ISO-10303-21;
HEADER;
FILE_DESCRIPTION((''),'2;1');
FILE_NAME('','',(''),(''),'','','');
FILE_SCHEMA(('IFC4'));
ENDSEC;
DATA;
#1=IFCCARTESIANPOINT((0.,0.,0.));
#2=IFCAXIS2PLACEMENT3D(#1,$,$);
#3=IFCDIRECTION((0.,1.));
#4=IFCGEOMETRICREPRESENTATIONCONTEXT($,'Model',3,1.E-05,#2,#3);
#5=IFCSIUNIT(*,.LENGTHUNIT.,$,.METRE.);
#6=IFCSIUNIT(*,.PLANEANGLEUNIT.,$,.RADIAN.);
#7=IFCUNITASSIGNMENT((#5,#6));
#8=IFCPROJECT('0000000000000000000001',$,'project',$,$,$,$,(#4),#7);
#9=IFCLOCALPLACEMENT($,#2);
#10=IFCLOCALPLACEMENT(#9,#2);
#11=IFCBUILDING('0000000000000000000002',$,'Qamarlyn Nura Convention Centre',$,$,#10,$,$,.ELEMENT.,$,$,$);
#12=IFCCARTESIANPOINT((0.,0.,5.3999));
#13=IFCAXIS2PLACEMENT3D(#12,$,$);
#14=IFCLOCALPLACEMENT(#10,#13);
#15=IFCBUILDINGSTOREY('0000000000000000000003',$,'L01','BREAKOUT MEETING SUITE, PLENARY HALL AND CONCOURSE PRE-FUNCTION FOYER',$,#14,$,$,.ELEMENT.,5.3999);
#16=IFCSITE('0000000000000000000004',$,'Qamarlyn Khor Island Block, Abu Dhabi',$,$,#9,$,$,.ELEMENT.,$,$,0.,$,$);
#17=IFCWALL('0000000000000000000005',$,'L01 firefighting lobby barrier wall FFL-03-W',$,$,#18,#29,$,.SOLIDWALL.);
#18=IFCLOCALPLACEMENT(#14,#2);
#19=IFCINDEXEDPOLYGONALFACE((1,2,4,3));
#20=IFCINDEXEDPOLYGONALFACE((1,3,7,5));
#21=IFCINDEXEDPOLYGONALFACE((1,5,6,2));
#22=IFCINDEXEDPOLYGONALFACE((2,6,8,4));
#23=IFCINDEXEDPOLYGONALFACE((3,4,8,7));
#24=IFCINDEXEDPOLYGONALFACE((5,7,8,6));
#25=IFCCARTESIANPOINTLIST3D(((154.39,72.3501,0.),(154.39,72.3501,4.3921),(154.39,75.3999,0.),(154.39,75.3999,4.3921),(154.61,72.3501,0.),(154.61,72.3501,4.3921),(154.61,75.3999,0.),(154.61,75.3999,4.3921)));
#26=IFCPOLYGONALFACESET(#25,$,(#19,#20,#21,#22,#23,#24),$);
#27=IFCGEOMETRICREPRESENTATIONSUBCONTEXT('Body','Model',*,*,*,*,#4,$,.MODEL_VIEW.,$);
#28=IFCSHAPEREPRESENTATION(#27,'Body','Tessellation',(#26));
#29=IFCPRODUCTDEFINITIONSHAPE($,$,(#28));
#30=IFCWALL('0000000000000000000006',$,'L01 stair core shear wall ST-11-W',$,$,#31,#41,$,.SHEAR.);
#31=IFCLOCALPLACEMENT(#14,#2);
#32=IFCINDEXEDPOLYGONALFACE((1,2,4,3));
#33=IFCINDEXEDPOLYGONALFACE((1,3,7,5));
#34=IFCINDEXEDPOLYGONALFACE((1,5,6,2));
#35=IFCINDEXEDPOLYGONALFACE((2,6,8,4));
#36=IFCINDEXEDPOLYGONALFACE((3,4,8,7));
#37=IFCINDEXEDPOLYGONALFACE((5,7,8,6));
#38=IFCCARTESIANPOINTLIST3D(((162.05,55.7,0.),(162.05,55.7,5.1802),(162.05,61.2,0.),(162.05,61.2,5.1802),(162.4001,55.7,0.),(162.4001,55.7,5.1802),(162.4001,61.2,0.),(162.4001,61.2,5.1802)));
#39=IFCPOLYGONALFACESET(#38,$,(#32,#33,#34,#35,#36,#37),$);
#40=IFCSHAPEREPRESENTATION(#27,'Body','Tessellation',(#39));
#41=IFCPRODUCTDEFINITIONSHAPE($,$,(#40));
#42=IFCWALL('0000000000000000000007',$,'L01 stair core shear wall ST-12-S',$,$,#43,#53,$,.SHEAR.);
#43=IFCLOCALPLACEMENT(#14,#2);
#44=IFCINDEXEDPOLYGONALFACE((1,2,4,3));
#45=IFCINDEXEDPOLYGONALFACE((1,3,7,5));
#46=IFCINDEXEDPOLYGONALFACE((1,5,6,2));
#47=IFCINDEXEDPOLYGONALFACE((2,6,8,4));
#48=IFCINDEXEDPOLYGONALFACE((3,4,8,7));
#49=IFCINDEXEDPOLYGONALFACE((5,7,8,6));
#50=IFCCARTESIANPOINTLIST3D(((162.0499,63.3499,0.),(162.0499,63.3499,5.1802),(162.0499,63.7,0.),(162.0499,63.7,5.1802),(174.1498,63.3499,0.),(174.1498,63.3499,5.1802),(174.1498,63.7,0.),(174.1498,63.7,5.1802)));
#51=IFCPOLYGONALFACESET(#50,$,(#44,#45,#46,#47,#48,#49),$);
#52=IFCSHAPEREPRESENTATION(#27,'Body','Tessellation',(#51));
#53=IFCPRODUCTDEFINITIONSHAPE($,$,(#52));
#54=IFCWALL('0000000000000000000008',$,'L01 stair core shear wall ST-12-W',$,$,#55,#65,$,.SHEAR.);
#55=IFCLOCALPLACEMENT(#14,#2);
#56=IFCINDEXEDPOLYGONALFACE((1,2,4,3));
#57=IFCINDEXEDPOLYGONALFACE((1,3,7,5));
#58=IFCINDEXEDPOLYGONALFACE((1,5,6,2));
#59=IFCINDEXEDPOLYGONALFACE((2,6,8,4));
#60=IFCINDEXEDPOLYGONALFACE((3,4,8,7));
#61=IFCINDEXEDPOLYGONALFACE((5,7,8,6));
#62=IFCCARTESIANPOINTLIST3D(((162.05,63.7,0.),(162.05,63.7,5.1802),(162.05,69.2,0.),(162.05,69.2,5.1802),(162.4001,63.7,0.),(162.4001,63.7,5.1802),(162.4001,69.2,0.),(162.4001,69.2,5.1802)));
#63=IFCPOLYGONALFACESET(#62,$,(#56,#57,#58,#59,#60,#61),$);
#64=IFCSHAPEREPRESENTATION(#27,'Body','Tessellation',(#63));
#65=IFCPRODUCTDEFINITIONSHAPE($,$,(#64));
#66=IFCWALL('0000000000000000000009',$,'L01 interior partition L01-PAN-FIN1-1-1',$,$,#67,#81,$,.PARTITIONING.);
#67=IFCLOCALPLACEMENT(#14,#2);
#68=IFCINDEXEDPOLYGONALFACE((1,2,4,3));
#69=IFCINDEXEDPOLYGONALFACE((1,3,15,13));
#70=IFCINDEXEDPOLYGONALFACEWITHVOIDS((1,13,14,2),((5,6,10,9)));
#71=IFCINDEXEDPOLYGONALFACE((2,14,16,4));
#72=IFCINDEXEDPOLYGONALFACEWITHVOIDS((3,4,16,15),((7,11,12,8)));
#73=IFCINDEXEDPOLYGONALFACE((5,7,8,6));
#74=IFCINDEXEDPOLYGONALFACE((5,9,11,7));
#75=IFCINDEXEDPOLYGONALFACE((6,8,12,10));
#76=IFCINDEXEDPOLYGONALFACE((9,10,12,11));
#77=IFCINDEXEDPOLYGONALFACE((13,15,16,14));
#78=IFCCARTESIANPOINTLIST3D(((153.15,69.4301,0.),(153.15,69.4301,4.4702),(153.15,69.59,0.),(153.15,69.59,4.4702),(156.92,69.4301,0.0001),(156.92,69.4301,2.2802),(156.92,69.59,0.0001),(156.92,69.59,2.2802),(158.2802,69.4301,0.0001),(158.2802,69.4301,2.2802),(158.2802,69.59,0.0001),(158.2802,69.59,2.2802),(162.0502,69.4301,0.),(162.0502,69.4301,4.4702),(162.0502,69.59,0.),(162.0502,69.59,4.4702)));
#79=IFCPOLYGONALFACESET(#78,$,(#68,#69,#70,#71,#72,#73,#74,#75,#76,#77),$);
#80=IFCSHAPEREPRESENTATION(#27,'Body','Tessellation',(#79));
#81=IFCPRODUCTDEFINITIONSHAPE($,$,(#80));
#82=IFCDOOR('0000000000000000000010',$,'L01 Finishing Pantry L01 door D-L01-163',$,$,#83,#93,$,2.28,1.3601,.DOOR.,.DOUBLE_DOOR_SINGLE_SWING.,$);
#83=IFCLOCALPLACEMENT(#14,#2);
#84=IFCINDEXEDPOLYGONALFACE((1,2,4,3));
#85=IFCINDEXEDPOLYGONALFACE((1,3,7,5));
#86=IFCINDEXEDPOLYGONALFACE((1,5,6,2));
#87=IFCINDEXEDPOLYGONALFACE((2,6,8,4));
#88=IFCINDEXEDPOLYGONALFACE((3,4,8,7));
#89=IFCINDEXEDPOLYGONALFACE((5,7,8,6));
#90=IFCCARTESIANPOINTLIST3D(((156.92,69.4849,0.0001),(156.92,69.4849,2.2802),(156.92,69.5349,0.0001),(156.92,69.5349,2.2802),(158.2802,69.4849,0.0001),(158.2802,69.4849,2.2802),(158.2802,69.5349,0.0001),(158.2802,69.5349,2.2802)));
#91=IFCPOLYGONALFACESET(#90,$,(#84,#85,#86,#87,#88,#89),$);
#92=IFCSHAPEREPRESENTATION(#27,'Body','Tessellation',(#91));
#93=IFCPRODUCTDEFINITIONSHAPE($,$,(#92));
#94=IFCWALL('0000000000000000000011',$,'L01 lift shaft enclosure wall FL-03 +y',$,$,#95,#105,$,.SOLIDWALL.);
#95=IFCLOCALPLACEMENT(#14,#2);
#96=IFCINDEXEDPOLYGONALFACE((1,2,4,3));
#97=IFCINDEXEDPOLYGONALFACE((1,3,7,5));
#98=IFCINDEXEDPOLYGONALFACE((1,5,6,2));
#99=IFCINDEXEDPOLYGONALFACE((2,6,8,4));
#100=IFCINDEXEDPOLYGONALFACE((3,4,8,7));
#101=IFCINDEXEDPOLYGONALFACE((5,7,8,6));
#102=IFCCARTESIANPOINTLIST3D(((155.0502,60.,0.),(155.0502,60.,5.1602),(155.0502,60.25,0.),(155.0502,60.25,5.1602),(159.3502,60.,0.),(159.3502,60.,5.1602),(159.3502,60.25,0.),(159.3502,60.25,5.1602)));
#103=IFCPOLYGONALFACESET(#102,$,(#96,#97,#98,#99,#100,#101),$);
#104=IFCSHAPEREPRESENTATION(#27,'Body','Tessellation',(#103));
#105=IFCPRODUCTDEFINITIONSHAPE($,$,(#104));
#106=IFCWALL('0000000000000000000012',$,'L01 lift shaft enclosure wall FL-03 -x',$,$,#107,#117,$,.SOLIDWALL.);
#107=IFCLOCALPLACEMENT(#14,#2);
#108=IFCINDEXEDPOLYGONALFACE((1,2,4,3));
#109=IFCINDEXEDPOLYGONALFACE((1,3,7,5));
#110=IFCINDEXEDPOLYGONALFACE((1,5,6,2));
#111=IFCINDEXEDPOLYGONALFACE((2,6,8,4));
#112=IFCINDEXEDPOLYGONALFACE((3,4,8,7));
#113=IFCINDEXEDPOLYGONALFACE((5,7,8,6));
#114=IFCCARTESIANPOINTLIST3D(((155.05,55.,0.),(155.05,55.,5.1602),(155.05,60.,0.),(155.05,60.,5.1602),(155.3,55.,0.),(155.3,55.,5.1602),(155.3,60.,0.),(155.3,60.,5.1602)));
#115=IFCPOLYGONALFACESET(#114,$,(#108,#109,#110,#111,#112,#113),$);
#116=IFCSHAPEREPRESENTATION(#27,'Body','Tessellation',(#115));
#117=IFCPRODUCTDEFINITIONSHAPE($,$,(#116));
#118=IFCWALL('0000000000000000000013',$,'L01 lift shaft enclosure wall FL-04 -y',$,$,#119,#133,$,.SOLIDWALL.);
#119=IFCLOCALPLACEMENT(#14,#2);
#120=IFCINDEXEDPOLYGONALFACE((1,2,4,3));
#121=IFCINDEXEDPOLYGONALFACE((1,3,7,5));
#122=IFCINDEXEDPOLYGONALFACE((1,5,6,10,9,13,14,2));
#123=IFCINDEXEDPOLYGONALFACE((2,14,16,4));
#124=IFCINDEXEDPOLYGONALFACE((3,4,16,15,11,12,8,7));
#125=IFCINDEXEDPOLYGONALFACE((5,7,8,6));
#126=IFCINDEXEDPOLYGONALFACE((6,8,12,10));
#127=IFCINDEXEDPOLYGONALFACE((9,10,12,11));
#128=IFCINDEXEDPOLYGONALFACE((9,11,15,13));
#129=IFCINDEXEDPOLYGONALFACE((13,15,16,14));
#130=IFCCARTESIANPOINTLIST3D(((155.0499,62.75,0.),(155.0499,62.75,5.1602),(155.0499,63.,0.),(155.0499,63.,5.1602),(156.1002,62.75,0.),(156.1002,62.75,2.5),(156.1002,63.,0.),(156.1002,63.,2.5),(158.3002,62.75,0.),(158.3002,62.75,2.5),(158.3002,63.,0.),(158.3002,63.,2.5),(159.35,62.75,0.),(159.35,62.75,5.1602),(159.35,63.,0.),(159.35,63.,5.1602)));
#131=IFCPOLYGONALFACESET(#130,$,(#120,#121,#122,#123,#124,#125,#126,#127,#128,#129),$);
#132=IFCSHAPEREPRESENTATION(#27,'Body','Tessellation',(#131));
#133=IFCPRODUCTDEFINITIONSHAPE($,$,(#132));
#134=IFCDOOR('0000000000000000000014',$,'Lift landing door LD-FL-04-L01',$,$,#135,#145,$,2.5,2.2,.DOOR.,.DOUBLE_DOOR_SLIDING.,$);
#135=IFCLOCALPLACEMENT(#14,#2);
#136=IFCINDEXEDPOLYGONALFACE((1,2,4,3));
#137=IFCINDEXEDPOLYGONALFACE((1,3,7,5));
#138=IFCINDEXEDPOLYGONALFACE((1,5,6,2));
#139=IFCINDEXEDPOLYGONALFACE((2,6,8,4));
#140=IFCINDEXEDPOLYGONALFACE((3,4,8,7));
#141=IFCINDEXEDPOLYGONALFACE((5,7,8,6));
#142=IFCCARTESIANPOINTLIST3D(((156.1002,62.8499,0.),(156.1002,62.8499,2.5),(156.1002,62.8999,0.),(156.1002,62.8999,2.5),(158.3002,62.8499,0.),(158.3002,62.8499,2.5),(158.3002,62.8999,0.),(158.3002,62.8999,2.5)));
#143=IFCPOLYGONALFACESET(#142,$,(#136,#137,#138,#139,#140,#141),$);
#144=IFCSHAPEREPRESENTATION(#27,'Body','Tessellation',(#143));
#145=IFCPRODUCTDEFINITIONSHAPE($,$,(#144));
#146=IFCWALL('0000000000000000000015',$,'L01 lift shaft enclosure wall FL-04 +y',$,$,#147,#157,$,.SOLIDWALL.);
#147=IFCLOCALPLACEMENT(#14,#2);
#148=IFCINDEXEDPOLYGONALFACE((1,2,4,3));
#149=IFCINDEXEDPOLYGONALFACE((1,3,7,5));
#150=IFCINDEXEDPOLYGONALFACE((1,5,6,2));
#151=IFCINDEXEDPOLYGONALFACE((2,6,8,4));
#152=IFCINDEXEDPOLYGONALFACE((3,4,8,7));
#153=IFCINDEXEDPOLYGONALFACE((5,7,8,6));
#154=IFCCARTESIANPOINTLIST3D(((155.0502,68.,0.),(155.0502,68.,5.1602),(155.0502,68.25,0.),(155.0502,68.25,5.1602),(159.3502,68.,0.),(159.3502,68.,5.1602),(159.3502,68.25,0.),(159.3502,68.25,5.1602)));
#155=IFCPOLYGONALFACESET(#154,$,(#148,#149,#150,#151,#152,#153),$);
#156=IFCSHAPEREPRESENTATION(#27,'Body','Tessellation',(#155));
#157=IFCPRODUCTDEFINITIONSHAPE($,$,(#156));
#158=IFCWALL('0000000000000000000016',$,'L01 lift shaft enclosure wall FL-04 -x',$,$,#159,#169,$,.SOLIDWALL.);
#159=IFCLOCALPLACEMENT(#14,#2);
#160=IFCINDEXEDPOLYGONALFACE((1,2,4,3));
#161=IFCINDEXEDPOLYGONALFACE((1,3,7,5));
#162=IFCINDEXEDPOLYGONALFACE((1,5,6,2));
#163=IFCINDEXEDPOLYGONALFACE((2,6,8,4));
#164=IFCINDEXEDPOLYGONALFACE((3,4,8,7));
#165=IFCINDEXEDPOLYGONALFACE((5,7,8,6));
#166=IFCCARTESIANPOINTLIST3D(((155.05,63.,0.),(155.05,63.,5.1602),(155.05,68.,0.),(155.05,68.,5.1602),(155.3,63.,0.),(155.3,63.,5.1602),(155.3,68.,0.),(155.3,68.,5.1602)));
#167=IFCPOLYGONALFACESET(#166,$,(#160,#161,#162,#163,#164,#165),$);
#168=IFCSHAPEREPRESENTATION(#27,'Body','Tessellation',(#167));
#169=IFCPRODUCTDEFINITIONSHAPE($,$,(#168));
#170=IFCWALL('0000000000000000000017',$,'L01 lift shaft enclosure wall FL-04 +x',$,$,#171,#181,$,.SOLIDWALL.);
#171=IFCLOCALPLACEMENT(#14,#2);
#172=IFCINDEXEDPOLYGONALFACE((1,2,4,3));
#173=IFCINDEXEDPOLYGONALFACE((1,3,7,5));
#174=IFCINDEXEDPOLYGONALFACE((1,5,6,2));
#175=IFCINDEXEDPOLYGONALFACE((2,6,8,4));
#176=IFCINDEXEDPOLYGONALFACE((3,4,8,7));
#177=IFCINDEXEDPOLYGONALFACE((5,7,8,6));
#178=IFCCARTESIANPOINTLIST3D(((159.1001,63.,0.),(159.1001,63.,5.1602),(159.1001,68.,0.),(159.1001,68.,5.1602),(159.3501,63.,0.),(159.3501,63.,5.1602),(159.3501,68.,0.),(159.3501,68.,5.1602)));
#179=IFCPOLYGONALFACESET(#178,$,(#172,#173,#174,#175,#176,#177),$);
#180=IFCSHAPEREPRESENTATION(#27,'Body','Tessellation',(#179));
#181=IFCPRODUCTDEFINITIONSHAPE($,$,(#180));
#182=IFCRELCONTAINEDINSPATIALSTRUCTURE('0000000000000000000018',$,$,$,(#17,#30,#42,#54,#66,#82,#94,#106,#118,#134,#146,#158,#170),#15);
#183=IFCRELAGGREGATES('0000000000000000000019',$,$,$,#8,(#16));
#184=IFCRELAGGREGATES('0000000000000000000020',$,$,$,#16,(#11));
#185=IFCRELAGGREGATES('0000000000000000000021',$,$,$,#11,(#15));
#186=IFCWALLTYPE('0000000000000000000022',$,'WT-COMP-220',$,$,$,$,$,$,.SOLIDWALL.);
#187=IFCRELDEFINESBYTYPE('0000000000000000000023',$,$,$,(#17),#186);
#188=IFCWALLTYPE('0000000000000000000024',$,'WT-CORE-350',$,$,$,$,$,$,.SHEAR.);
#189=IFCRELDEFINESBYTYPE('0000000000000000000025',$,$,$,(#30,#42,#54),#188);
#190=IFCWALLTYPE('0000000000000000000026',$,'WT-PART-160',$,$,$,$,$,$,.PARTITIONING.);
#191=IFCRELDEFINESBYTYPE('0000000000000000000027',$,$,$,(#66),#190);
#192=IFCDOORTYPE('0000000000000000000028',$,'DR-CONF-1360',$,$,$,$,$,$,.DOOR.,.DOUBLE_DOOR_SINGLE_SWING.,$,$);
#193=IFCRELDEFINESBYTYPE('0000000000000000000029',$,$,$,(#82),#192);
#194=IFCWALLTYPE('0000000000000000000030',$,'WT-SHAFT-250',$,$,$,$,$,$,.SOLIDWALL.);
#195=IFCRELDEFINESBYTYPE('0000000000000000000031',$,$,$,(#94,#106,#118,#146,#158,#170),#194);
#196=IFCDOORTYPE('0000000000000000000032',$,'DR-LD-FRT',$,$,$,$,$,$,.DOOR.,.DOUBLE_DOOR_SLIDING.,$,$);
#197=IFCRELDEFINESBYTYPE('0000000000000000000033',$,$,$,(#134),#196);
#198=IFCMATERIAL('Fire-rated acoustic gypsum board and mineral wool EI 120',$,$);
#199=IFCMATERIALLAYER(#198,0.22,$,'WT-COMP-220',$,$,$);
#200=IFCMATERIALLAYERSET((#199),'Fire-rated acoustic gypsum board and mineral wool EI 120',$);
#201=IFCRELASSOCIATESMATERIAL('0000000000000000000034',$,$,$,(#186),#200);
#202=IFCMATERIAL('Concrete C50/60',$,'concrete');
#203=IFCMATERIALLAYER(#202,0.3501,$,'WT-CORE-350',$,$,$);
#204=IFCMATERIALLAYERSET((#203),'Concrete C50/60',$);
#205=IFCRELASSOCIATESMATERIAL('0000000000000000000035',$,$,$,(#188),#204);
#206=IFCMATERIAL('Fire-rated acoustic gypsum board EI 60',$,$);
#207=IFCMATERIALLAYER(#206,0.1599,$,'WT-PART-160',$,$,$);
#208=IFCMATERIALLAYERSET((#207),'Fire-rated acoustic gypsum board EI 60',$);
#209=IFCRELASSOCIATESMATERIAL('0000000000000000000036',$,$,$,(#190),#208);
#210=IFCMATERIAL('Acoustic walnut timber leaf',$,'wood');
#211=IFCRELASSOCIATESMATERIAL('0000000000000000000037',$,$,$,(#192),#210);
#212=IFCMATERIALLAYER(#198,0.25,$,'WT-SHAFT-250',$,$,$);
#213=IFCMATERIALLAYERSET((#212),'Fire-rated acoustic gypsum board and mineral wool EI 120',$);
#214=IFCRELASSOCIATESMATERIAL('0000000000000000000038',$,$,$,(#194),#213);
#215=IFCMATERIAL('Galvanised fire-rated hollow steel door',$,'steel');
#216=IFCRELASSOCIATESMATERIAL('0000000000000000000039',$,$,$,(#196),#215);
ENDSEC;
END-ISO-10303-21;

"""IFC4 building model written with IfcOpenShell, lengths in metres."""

from ifc_helpers import new_model, si_unit, direction, frame, frame_2d, origin, place, context, subcontext, project, spatial, rectangle, extrude, material, layer, layer_set, type_object, element, fill, save


model = new_model("IFC4")

# Units and contexts
model_context = context("Model", 3, precision=1e-05, world=origin(), true_north=direction((0.0, 1.0)))
body_context = subcontext(model_context, "Body", "Model", "MODEL_VIEW")
ifc_project = project(units=[si_unit("LENGTHUNIT", "METRE"), si_unit("PLANEANGLEUNIT", "RADIAN")], contexts=[model_context])

# Site, building, storey
site_placement = place(None, origin())
site = spatial("IfcSite", under=ifc_project, at=site_placement, Name="Qamarlyn Khor Island Block, Abu Dhabi", CompositionType="ELEMENT", RefElevation=0.0)
building_placement = place(site_placement, origin())
building = spatial("IfcBuilding", under=site, at=building_placement, Name="Qamarlyn Nura Convention Centre", CompositionType="ELEMENT")
storey_placement = place(building_placement, frame((0.0, 0.0, 5.3999)))
storey = spatial("IfcBuildingStorey", under=building, at=storey_placement, Name="L01", Description="BREAKOUT MEETING SUITE, PLENARY HALL AND CONCOURSE PRE-FUNCTION FOYER", CompositionType="ELEMENT", Elevation=5.3999)

# Shared definitions
ifc_material_1 = material(Name="Fire-rated acoustic gypsum board and mineral wool EI 120")
ifc_layer_1 = layer(ifc_material_1, 0.22, Name="WT-COMP-220")
ifc_layer_set_1 = layer_set([ifc_layer_1], Name="Fire-rated acoustic gypsum board and mineral wool EI 120")
wall_type_1 = type_object("IfcWallType", Name="WT-COMP-220", PredefinedType="SOLIDWALL", material=ifc_layer_set_1)
ifc_material_2 = material(Name="Galvanised fire-rated hollow steel door", Category="steel")

# Walls
wall_1_placement = place(storey_placement, frame((154.5, 72.3501, 0.0), z_axis=(0.0, 0.0, 1.0), x_axis=(0.0, 1.0, 0.0)))
element("IfcWall", 1, at=wall_1_placement, inside=storey, type_object=wall_type_1, Name="L01 firefighting lobby barrier wall FFL-03-W", PredefinedType="SOLIDWALL", context=body_context, shape_type="SweptSolid", body=[
    extrude(rectangle(XDim=3.0498, YDim=0.22, at=frame_2d((1.5249, 0.0))), origin(), (0.0, 0.0, 1.0), 4.3921),
])
ifc_material_3 = material(Name="Concrete C50/60", Category="concrete")
ifc_layer_2 = layer(ifc_material_3, 0.3501, Name="WT-CORE-350")
ifc_layer_set_2 = layer_set([ifc_layer_2], Name="Concrete C50/60")
wall_type_2 = type_object("IfcWallType", Name="WT-CORE-350", PredefinedType="SHEAR", material=ifc_layer_set_2)
wall_2_placement = place(storey_placement, frame((162.2251, 61.2, 0.0), z_axis=(0.0, 0.0, 1.0), x_axis=(0.0, -1.0, 0.0)))
element("IfcWall", 2, at=wall_2_placement, inside=storey, type_object=wall_type_2, Name="L01 stair core shear wall ST-11-W", PredefinedType="SHEAR", context=body_context, shape_type="SweptSolid", body=[
    extrude(rectangle(XDim=5.5, YDim=0.3501, at=frame_2d((2.75, 0.0))), origin(), (0.0, 0.0, 1.0), 5.1802),
])
wall_3_placement = place(storey_placement, frame((162.05, 63.5249, 0.0), z_axis=(0.0, 0.0, 1.0), x_axis=(1.0, 0.0, 0.0)))
element("IfcWall", 3, at=wall_3_placement, inside=storey, type_object=wall_type_2, Name="L01 stair core shear wall ST-12-S", PredefinedType="SHEAR", context=body_context, shape_type="SweptSolid", body=[
    extrude(rectangle(XDim=12.0999, YDim=0.3501, at=frame_2d((6.0498, 0.0))), origin(), (0.0, 0.0, 1.0), 5.1802),
])
wall_4_placement = place(storey_placement, frame((162.2251, 69.2, 0.0), z_axis=(0.0, 0.0, 1.0), x_axis=(0.0, -1.0, 0.0)))
element("IfcWall", 4, at=wall_4_placement, inside=storey, type_object=wall_type_2, Name="L01 stair core shear wall ST-12-W", PredefinedType="SHEAR", context=body_context, shape_type="SweptSolid", body=[
    extrude(rectangle(XDim=5.5, YDim=0.3501, at=frame_2d((2.75, 0.0))), origin(), (0.0, 0.0, 1.0), 5.1802),
])

# Wall, opening, door
ifc_material_4 = material(Name="Fire-rated acoustic gypsum board EI 60")
ifc_layer_3 = layer(ifc_material_4, 0.1599, Name="WT-PART-160")
ifc_layer_set_3 = layer_set([ifc_layer_3], Name="Fire-rated acoustic gypsum board EI 60")
wall_type_3 = type_object("IfcWallType", Name="WT-PART-160", PredefinedType="PARTITIONING", material=ifc_layer_set_3)
wall_5_placement = place(storey_placement, frame((153.1499, 69.51, 0.0), z_axis=(0.0, 0.0, 1.0), x_axis=(1.0, 0.0, 0.0)))
wall_5 = element("IfcWall", 5, at=wall_5_placement, inside=storey, type_object=wall_type_3, Name="L01 interior partition L01-PAN-FIN1-1-1", PredefinedType="PARTITIONING", context=body_context, shape_type="SweptSolid", body=[
    extrude(rectangle(XDim=8.9001, YDim=0.1599, at=frame_2d((4.4502, 0.0))), origin(), (0.0, 0.0, 1.0), 4.4702),
])
opening_1_placement = place(wall_5_placement, frame((3.77, 0.0, 0.0)))
opening_1 = element("IfcOpeningElement", 6, at=opening_1_placement, cuts=wall_5, PredefinedType="OPENING", context=body_context, shape_type="SweptSolid", body=[
    extrude(rectangle(XDim=1.3601, YDim=2.28, at=frame_2d((0.6802, 1.1401))), frame((0.0, 0.0898, 0.0), z_axis=(0.0, -1.0, 0.0), x_axis=(1.0, 0.0, 0.0)), (0.0, 0.0, 1.0), 0.1799),
])
ifc_material_5 = material(Name="Acoustic walnut timber leaf", Category="wood")
door_type_1 = type_object("IfcDoorType", Name="DR-CONF-1360", OperationType="DOUBLE_DOOR_SINGLE_SWING", PredefinedType="DOOR", material=ifc_material_5)
door_1_placement = place(opening_1_placement, origin())
door_1 = element("IfcDoor", 7, at=door_1_placement, inside=storey, type_object=door_type_1, Name="L01 Finishing Pantry L01 door D-L01-163", OperationType="DOUBLE_DOOR_SINGLE_SWING", OverallHeight=2.28, OverallWidth=1.3601, PredefinedType="DOOR", context=body_context, shape_type="SweptSolid", body=[
    extrude(rectangle(XDim=1.3601, YDim=2.28, at=frame_2d((0.6802, 1.1401))), frame((0.0, 0.0249, 0.0), z_axis=(0.0, -1.0, 0.0), x_axis=(1.0, 0.0, 0.0)), (0.0, 0.0, 1.0), 0.05),
])
fill(opening_1, door_1)

# Walls
ifc_layer_4 = layer(ifc_material_1, 0.25, Name="WT-SHAFT-250")
ifc_layer_set_4 = layer_set([ifc_layer_4], Name="Fire-rated acoustic gypsum board and mineral wool EI 120")
wall_type_4 = type_object("IfcWallType", Name="WT-SHAFT-250", PredefinedType="SOLIDWALL", material=ifc_layer_set_4)
wall_6_placement = place(storey_placement, frame((159.3501, 60.125, 0.0), z_axis=(0.0, 0.0, 1.0), x_axis=(-1.0, 0.0, 0.0)))
element("IfcWall", 8, at=wall_6_placement, inside=storey, type_object=wall_type_4, Name="L01 lift shaft enclosure wall FL-03 +y", PredefinedType="SOLIDWALL", context=body_context, shape_type="SweptSolid", body=[
    extrude(rectangle(XDim=4.3, YDim=0.25, at=frame_2d((2.1499, 0.0))), origin(), (0.0, 0.0, 1.0), 5.1602),
])
wall_7_placement = place(storey_placement, frame((155.175, 60.0, 0.0), z_axis=(0.0, 0.0, 1.0), x_axis=(0.0, -1.0, 0.0)))
element("IfcWall", 9, at=wall_7_placement, inside=storey, type_object=wall_type_4, Name="L01 lift shaft enclosure wall FL-03 -x", PredefinedType="SOLIDWALL", context=body_context, shape_type="SweptSolid", body=[
    extrude(rectangle(XDim=5.0, YDim=0.25, at=frame_2d((2.5, 0.0))), origin(), (0.0, 0.0, 1.0), 5.1602),
])

# Wall, opening, door
wall_8_placement = place(storey_placement, frame((155.05, 62.875, 0.0), z_axis=(0.0, 0.0, 1.0), x_axis=(1.0, 0.0, 0.0)))
wall_8 = element("IfcWall", 10, at=wall_8_placement, inside=storey, type_object=wall_type_4, Name="L01 lift shaft enclosure wall FL-04 -y", PredefinedType="SOLIDWALL", context=body_context, shape_type="SweptSolid", body=[
    extrude(rectangle(XDim=4.3, YDim=0.25, at=frame_2d((2.1499, 0.0))), origin(), (0.0, 0.0, 1.0), 5.1602),
])
opening_2_placement = place(wall_8_placement, frame((1.05, 0.0, 0.0)))
opening_2 = element("IfcOpeningElement", 11, at=opening_2_placement, cuts=wall_8, PredefinedType="OPENING", context=body_context, shape_type="SweptSolid", body=[
    extrude(rectangle(XDim=2.2, YDim=2.5, at=frame_2d((1.1001, 1.25))), frame((0.0, 0.135, 0.0), z_axis=(0.0, -1.0, 0.0), x_axis=(1.0, 0.0, 0.0)), (0.0, 0.0, 1.0), 0.27),
])
door_type_2 = type_object("IfcDoorType", Name="DR-LD-FRT", OperationType="DOUBLE_DOOR_SLIDING", PredefinedType="DOOR", material=ifc_material_2)
door_2_placement = place(opening_2_placement, origin())
door_2 = element("IfcDoor", 12, at=door_2_placement, inside=storey, type_object=door_type_2, Name="Lift landing door LD-FL-04-L01", OperationType="DOUBLE_DOOR_SLIDING", OverallHeight=2.5, OverallWidth=2.2, PredefinedType="DOOR", context=body_context, shape_type="SweptSolid", body=[
    extrude(rectangle(XDim=2.2, YDim=2.5, at=frame_2d((1.1001, 1.25))), frame((0.0, 0.0249, 0.0), z_axis=(0.0, -1.0, 0.0), x_axis=(1.0, 0.0, 0.0)), (0.0, 0.0, 1.0), 0.05),
])
fill(opening_2, door_2)

# Walls
wall_9_placement = place(storey_placement, frame((159.3501, 68.125, 0.0), z_axis=(0.0, 0.0, 1.0), x_axis=(-1.0, 0.0, 0.0)))
element("IfcWall", 13, at=wall_9_placement, inside=storey, type_object=wall_type_4, Name="L01 lift shaft enclosure wall FL-04 +y", PredefinedType="SOLIDWALL", context=body_context, shape_type="SweptSolid", body=[
    extrude(rectangle(XDim=4.3, YDim=0.25, at=frame_2d((2.1499, 0.0))), origin(), (0.0, 0.0, 1.0), 5.1602),
])
for number, where, z_axis, x_axis, name in (
    (14, (155.175, 68.0, 0.0), (0.0, 0.0, 1.0), (0.0, -1.0, 0.0), "L01 lift shaft enclosure wall FL-04 -x"),
    (15, (159.2251, 63.0, 0.0), (0.0, 0.0, 1.0), (0.0, 1.0, 0.0), "L01 lift shaft enclosure wall FL-04 +x"),
):
    element("IfcWall", number, at=place(storey_placement, frame(where, z_axis=z_axis, x_axis=x_axis)), inside=storey, type_object=wall_type_4, Name=name, PredefinedType="SOLIDWALL", context=body_context, shape_type="SweptSolid", body=[
        extrude(rectangle(XDim=5.0, YDim=0.25, at=frame_2d((2.5, 0.0))), origin(), (0.0, 0.0, 1.0), 5.1602),
    ])

save(model, "model.ifc")
